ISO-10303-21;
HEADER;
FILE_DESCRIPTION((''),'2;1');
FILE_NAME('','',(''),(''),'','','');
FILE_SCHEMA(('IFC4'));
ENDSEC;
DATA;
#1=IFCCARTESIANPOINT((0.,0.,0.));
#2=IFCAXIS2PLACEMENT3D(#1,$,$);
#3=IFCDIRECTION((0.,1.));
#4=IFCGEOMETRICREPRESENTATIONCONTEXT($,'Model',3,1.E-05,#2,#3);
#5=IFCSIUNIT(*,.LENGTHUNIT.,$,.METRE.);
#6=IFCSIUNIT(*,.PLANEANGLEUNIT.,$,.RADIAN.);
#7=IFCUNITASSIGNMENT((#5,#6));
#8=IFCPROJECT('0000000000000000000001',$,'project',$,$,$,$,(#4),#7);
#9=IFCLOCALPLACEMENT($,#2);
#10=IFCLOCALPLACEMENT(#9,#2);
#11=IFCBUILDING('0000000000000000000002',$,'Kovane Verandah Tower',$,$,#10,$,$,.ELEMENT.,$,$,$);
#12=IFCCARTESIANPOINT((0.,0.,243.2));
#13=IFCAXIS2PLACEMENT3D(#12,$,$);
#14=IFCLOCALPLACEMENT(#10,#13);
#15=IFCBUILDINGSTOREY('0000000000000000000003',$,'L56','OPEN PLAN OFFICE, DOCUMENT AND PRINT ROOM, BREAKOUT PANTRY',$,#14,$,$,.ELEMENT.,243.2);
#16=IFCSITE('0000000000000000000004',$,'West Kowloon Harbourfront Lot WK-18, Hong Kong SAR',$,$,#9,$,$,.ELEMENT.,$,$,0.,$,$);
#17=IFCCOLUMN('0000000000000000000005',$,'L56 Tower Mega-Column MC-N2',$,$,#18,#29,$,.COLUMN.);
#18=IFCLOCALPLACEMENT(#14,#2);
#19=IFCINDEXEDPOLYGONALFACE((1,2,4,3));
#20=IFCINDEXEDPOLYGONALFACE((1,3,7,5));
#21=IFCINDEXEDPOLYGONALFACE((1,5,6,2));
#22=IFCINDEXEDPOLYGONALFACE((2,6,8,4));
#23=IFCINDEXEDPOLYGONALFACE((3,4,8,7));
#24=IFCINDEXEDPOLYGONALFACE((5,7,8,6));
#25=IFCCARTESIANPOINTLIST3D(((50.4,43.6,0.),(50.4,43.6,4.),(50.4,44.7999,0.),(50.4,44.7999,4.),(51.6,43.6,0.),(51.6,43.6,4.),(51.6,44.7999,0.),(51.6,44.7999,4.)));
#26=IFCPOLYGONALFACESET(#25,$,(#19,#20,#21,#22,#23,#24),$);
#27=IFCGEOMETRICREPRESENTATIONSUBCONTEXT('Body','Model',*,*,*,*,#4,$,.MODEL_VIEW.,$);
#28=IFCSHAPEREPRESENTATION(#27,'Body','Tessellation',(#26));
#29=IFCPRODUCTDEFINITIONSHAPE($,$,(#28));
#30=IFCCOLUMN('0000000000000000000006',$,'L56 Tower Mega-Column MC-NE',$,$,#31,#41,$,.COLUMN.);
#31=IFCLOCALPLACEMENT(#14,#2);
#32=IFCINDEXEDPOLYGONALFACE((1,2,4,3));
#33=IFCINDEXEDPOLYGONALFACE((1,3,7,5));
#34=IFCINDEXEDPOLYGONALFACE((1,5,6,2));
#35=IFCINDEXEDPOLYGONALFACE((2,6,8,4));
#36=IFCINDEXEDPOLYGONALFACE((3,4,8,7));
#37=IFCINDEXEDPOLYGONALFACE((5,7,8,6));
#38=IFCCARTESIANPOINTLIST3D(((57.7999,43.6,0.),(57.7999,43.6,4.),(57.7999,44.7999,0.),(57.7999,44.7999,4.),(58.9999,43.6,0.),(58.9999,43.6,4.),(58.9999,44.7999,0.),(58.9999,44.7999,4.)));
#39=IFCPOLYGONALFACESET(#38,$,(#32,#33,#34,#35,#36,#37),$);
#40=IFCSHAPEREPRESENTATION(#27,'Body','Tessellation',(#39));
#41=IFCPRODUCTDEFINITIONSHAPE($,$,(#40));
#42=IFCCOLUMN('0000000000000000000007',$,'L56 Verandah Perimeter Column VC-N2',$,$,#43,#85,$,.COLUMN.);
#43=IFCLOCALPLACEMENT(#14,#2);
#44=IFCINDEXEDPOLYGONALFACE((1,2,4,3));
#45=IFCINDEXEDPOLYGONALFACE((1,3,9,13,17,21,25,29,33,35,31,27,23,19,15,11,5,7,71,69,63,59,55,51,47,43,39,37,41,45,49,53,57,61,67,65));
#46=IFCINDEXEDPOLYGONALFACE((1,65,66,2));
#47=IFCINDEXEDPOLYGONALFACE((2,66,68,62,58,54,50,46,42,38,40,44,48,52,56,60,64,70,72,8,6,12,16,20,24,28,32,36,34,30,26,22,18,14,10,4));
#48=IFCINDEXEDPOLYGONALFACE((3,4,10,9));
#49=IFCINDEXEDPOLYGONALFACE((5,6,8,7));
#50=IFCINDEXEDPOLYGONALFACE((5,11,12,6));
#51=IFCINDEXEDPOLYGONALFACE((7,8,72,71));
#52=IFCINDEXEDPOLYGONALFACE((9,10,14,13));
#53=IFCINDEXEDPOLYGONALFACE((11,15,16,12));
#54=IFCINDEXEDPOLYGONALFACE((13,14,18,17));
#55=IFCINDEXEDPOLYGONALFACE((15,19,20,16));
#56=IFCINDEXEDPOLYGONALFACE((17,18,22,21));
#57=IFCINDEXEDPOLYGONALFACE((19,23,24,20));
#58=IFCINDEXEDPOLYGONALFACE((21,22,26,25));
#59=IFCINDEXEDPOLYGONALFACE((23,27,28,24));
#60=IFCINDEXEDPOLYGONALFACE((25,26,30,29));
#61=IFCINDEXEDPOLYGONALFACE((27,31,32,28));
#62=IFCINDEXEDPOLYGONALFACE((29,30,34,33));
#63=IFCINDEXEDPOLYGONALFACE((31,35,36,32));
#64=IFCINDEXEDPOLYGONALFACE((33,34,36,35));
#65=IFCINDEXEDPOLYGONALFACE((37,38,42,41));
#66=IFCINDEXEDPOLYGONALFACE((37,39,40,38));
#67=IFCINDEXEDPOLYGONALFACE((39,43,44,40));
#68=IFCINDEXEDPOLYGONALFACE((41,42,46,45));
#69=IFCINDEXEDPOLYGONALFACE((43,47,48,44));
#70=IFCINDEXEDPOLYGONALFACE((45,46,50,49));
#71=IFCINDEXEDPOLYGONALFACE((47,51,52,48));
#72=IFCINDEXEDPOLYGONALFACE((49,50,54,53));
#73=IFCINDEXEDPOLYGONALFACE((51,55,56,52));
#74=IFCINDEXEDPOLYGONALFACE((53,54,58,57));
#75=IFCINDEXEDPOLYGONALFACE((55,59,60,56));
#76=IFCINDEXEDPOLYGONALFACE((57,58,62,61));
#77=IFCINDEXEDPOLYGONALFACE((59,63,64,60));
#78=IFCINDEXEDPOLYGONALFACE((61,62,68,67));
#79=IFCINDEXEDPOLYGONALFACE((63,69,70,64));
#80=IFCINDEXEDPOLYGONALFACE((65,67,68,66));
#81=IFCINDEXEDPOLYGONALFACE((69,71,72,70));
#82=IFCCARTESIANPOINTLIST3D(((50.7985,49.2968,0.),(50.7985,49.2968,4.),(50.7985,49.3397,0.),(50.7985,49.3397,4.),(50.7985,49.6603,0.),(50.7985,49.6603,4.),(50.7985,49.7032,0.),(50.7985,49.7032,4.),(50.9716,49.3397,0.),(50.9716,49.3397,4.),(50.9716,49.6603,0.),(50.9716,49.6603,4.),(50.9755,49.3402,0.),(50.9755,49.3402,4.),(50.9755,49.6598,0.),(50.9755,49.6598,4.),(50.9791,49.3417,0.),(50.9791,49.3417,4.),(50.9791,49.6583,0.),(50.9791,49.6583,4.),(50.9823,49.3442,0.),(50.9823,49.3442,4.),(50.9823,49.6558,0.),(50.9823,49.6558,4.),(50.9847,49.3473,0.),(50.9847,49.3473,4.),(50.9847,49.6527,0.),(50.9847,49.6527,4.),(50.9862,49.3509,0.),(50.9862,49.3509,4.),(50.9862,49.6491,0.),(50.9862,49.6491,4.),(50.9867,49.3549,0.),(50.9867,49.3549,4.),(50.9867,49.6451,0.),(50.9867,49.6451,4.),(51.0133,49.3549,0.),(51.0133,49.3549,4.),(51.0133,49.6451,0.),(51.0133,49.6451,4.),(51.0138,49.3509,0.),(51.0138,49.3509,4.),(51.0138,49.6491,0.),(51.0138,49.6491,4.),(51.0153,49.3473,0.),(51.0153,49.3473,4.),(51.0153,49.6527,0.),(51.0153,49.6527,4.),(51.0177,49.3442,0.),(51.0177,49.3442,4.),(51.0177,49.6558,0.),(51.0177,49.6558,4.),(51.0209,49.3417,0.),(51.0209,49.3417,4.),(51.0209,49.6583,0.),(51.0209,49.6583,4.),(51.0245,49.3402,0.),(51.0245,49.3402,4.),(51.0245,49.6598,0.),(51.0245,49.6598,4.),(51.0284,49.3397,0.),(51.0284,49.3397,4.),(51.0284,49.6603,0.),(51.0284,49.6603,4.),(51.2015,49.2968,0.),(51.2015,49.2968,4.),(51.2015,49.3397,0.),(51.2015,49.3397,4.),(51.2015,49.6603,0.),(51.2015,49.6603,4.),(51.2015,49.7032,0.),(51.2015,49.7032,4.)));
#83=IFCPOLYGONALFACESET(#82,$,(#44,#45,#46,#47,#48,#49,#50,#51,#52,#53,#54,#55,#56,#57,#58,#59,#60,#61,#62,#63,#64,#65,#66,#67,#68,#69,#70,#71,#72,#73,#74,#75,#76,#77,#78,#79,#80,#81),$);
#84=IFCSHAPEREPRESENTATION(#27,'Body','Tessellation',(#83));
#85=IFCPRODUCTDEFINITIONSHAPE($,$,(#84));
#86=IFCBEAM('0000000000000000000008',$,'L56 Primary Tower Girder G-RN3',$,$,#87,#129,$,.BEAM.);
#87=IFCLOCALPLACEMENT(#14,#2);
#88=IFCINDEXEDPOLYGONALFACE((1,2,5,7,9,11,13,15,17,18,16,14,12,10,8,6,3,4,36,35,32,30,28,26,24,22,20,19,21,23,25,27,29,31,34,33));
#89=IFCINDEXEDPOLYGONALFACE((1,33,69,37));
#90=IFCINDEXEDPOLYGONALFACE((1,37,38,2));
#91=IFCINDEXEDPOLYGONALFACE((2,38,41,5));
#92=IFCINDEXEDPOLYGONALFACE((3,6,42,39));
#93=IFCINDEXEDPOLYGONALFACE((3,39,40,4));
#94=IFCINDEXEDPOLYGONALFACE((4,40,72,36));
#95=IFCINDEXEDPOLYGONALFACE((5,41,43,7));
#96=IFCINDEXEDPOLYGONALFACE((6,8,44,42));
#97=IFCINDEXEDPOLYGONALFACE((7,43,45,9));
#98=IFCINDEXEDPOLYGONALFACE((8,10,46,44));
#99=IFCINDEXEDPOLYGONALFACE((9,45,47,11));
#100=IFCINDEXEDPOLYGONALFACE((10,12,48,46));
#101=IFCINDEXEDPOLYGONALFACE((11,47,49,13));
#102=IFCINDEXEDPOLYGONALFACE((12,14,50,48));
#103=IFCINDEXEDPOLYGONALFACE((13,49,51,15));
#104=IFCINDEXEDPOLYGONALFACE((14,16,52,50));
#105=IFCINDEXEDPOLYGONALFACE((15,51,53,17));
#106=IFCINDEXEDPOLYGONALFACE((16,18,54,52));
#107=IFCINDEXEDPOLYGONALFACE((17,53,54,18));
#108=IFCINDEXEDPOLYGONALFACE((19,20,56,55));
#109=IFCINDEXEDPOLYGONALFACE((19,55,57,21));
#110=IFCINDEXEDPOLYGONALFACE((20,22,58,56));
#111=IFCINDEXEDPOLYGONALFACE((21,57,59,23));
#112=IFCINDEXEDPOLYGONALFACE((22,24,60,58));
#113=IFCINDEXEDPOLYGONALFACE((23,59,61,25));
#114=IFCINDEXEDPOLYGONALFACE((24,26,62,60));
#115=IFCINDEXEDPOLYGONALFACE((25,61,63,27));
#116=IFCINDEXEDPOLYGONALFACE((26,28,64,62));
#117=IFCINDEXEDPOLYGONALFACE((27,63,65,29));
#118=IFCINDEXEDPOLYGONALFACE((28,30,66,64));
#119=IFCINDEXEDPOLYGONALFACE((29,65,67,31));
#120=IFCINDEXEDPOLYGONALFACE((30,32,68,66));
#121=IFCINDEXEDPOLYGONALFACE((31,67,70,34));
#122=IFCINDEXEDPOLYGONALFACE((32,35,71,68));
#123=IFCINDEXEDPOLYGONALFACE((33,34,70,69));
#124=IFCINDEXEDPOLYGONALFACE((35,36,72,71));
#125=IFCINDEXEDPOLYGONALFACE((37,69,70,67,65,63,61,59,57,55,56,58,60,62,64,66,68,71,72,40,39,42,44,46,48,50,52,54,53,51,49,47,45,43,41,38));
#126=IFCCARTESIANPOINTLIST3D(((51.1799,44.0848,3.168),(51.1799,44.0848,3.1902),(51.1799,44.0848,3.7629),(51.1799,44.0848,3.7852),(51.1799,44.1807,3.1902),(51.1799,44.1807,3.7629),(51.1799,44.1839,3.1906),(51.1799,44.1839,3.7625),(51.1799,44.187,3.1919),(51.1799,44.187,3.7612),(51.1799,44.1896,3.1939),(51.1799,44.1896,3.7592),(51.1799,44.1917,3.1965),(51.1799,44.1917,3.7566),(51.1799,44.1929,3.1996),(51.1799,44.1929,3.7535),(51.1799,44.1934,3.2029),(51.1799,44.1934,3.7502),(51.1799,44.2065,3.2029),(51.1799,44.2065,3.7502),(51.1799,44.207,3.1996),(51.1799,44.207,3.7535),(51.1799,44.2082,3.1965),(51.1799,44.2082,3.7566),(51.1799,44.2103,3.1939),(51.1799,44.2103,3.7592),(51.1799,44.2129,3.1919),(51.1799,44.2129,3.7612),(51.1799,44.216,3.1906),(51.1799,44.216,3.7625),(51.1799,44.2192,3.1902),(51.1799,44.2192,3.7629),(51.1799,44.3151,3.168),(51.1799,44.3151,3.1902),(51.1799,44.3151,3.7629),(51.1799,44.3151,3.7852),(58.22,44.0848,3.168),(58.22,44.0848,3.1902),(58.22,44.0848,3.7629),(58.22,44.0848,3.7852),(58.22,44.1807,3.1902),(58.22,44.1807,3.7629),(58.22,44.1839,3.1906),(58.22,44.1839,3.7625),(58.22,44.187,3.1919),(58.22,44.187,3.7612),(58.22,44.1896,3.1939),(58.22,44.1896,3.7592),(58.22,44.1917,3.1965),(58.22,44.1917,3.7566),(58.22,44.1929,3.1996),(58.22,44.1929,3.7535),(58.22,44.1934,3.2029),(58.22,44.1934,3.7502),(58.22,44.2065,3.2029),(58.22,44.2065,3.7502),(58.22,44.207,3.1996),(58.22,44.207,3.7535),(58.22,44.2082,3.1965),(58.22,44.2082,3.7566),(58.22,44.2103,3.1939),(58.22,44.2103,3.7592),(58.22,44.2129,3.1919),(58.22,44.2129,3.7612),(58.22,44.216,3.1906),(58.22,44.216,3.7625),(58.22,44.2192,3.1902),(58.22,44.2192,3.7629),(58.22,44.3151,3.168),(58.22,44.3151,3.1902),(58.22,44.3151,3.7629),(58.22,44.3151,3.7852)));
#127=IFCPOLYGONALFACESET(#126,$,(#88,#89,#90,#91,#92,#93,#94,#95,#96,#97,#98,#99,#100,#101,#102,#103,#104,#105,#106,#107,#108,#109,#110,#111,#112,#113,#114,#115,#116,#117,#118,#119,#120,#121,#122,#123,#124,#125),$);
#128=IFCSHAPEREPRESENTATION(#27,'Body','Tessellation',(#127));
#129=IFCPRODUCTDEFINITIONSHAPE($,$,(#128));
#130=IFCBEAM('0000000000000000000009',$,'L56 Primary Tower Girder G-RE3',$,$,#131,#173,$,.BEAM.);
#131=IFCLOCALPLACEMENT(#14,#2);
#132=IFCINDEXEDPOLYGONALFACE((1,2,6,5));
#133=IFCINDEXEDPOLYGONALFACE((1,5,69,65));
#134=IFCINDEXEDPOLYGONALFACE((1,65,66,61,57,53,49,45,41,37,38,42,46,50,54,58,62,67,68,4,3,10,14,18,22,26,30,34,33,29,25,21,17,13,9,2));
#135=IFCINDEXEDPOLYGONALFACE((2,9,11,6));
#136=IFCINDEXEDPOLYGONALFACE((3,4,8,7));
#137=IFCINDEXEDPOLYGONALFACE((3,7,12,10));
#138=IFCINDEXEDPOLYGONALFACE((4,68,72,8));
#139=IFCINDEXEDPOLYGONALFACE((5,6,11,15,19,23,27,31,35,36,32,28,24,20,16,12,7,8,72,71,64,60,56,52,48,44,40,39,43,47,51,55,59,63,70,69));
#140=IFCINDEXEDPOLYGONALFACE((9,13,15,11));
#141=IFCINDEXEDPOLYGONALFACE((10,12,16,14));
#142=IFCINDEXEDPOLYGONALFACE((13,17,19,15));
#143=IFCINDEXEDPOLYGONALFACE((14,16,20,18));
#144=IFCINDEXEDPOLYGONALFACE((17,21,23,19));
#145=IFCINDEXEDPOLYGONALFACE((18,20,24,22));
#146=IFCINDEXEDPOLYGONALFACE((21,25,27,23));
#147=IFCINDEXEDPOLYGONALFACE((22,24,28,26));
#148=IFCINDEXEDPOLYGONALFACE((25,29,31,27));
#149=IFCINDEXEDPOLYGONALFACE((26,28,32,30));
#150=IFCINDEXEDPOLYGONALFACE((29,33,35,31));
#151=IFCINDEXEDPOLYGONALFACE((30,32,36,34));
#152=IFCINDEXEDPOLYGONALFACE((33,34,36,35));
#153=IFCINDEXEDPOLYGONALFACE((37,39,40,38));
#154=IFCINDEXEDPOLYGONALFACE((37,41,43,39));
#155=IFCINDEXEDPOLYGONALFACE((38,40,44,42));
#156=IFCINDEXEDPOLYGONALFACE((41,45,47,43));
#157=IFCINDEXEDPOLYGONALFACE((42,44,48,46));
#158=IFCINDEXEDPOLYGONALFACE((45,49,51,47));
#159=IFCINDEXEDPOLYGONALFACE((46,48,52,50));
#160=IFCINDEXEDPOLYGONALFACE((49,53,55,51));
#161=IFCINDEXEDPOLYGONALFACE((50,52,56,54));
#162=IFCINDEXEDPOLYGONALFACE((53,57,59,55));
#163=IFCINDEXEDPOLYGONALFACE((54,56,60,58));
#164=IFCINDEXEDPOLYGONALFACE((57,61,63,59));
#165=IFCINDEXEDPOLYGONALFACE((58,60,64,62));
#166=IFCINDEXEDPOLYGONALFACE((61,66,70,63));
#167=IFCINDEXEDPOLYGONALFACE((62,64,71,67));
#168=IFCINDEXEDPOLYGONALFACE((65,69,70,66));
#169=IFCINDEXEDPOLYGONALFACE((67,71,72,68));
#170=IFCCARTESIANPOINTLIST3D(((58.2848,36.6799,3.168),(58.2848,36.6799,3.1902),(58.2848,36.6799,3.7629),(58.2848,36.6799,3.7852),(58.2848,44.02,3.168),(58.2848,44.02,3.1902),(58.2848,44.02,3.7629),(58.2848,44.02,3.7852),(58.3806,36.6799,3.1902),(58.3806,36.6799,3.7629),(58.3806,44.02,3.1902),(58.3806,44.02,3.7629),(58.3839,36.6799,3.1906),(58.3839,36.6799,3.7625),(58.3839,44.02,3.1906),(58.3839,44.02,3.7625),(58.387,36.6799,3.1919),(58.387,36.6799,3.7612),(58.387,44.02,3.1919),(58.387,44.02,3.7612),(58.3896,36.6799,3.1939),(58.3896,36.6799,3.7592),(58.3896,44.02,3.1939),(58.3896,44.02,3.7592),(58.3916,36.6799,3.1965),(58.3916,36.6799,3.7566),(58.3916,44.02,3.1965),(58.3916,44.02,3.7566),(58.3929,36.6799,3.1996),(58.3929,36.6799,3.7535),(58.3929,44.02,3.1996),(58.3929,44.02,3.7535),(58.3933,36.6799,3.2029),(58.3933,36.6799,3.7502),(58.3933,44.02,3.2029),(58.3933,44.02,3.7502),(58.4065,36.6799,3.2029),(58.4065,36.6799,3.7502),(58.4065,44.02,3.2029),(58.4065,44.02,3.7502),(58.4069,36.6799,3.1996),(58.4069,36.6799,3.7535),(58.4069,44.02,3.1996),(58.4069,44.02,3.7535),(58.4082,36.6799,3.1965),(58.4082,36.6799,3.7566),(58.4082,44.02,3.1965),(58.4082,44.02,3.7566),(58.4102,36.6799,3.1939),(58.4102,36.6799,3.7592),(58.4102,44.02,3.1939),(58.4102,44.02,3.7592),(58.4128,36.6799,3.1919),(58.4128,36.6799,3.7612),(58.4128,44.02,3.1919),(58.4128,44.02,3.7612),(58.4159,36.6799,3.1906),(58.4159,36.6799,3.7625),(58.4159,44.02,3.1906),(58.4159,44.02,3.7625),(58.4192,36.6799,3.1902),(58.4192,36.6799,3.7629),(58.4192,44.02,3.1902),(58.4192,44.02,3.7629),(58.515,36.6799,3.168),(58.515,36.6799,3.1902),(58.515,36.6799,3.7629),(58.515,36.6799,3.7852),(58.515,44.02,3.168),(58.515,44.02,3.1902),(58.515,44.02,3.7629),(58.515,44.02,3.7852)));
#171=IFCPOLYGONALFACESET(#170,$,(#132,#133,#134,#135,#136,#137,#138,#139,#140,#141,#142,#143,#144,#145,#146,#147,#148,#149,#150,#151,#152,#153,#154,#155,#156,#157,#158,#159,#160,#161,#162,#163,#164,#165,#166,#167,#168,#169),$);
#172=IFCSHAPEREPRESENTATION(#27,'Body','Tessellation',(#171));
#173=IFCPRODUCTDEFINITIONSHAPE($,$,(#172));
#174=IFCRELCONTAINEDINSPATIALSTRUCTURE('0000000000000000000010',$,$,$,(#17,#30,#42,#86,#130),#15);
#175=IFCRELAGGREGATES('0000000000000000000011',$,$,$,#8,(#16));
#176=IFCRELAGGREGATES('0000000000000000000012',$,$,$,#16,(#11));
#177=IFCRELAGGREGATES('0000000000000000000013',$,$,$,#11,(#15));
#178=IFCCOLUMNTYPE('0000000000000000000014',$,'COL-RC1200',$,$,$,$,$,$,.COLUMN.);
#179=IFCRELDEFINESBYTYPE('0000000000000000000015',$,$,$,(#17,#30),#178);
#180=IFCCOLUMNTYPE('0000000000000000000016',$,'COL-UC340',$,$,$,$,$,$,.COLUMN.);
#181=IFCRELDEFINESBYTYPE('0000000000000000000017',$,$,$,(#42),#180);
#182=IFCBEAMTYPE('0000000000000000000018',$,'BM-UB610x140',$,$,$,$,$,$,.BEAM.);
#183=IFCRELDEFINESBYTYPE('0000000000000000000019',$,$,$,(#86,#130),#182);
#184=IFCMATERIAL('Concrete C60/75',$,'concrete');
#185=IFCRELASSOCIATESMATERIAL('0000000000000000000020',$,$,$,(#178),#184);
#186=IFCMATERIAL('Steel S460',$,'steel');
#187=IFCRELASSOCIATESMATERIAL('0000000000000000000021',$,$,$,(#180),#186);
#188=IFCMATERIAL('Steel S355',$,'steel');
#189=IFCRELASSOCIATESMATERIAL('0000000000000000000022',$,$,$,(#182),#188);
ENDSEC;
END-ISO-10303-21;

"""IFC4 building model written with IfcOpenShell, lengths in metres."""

from ifc_helpers import new_model, si_unit, direction, frame, origin, origin_2d, place, context, subcontext, project, spatial, rectangle, i_section, extrude, material, material_profile, profile_set, type_object, element, save


model = new_model("IFC4")

# Units and contexts
model_context = context("Model", 3, precision=1e-05, world=origin(), true_north=direction((0.0, 1.0)))
body_context = subcontext(model_context, "Body", "Model", "MODEL_VIEW")
ifc_project = project(units=[si_unit("LENGTHUNIT", "METRE"), si_unit("PLANEANGLEUNIT", "RADIAN")], contexts=[model_context])

# Site, building, storey
site_placement = place(None, origin())
site = spatial("IfcSite", under=ifc_project, at=site_placement, Name="West Kowloon Harbourfront Lot WK-18, Hong Kong SAR", CompositionType="ELEMENT", RefElevation=0.0)
building_placement = place(site_placement, origin())
building = spatial("IfcBuilding", under=site, at=building_placement, Name="Kovane Verandah Tower", CompositionType="ELEMENT")
storey_placement = place(building_placement, frame((0.0, 0.0, 243.2)))
storey = spatial("IfcBuildingStorey", under=building, at=storey_placement, Name="L56", Description="OPEN PLAN OFFICE, DOCUMENT AND PRINT ROOM, BREAKOUT PANTRY", CompositionType="ELEMENT", Elevation=243.2)

# Columns
ifc_material_1 = material(Name="Concrete C60/75", Category="concrete")
ifc_material_profile_1 = material_profile(ifc_material_1, rectangle(XDim=1.2, YDim=1.2, at=origin_2d()), Name="RC1200x1200")
ifc_profile_set_1 = profile_set([ifc_material_profile_1], Name="Concrete C60/75")
column_type_1 = type_object("IfcColumnType", Name="COL-RC1200", PredefinedType="COLUMN", material=ifc_profile_set_1)
for number, where, z_axis, x_axis, name in (
    (1, (51.0, 44.2, 0.0), (0.0, 0.0, 1.0), (1.0, 0.0, 0.0), "L56 Tower Mega-Column MC-N2"),
    (2, (58.3999, 44.2, 0.0), (0.0, 0.0, 1.0), (1.0, 0.0, 0.0), "L56 Tower Mega-Column MC-NE"),
):
    element("IfcColumn", number, at=place(storey_placement, frame(where, z_axis=z_axis, x_axis=x_axis)), inside=storey, type_object=column_type_1, Name=name, PredefinedType="COLUMN", context=body_context, shape_type="SweptSolid", body=[
        extrude(rectangle(XDim=1.2, YDim=1.2, at=origin_2d()), origin(), (0.0, 0.0, 1.0), 4.0),
    ])
ifc_material_2 = material(Name="Steel S460", Category="steel")
ifc_material_profile_2 = material_profile(ifc_material_2, i_section(OverallWidth=0.4031, OverallDepth=0.4065, WebThickness=0.0266, FlangeThickness=0.043, FilletRadius=0.0151, at=origin_2d()), Name="UC356x406x340")
ifc_profile_set_2 = profile_set([ifc_material_profile_2], Name="Steel S460")
column_type_2 = type_object("IfcColumnType", Name="COL-UC340", PredefinedType="COLUMN", material=ifc_profile_set_2)
column_placement = place(storey_placement, frame((51.0, 49.5, 0.0), z_axis=(0.0, 0.0, 1.0), x_axis=(1.0, 0.0, 0.0)))
element("IfcColumn", 3, at=column_placement, inside=storey, type_object=column_type_2, Name="L56 Verandah Perimeter Column VC-N2", PredefinedType="COLUMN", context=body_context, shape_type="SweptSolid", body=[
    extrude(i_section(OverallWidth=0.4031, OverallDepth=0.4065, WebThickness=0.0266, FlangeThickness=0.043, FilletRadius=0.0151, at=origin_2d()), origin(), (0.0, 0.0, 1.0), 4.0),
])

# Beams
ifc_material_3 = material(Name="Steel S355", Category="steel")
ifc_material_profile_3 = material_profile(ifc_material_3, i_section(OverallWidth=0.2302, OverallDepth=0.6172, WebThickness=0.0132, FlangeThickness=0.0222, FilletRadius=0.0127, at=origin_2d()), Name="UB610x229x140")
ifc_profile_set_3 = profile_set([ifc_material_profile_3], Name="Steel S355")
beam_type_1 = type_object("IfcBeamType", Name="BM-UB610x140", PredefinedType="BEAM", material=ifc_profile_set_3)
beam_1_placement = place(storey_placement, frame((51.1799, 44.2, 3.4766), z_axis=(1.0, 0.0, 0.0), x_axis=(0.0, 1.0, 0.0)))
element("IfcBeam", 4, at=beam_1_placement, inside=storey, type_object=beam_type_1, Name="L56 Primary Tower Girder G-RN3", PredefinedType="BEAM", context=body_context, shape_type="SweptSolid", body=[
    extrude(i_section(OverallWidth=0.2302, OverallDepth=0.6172, WebThickness=0.0132, FlangeThickness=0.0222, FilletRadius=0.0127, at=origin_2d()), origin(), (0.0, 0.0, 1.0), 7.04),
])
beam_2_placement = place(storey_placement, frame((58.3999, 36.6799, 3.4766), z_axis=(0.0, 1.0, 0.0), x_axis=(-1.0, 0.0, 0.0)))
element("IfcBeam", 5, at=beam_2_placement, inside=storey, type_object=beam_type_1, Name="L56 Primary Tower Girder G-RE3", PredefinedType="BEAM", context=body_context, shape_type="SweptSolid", body=[
    extrude(i_section(OverallWidth=0.2302, OverallDepth=0.6172, WebThickness=0.0132, FlangeThickness=0.0222, FilletRadius=0.0127, at=origin_2d()), origin(), (0.0, 0.0, 1.0), 7.3401),
])

save(model, "model.ifc")
